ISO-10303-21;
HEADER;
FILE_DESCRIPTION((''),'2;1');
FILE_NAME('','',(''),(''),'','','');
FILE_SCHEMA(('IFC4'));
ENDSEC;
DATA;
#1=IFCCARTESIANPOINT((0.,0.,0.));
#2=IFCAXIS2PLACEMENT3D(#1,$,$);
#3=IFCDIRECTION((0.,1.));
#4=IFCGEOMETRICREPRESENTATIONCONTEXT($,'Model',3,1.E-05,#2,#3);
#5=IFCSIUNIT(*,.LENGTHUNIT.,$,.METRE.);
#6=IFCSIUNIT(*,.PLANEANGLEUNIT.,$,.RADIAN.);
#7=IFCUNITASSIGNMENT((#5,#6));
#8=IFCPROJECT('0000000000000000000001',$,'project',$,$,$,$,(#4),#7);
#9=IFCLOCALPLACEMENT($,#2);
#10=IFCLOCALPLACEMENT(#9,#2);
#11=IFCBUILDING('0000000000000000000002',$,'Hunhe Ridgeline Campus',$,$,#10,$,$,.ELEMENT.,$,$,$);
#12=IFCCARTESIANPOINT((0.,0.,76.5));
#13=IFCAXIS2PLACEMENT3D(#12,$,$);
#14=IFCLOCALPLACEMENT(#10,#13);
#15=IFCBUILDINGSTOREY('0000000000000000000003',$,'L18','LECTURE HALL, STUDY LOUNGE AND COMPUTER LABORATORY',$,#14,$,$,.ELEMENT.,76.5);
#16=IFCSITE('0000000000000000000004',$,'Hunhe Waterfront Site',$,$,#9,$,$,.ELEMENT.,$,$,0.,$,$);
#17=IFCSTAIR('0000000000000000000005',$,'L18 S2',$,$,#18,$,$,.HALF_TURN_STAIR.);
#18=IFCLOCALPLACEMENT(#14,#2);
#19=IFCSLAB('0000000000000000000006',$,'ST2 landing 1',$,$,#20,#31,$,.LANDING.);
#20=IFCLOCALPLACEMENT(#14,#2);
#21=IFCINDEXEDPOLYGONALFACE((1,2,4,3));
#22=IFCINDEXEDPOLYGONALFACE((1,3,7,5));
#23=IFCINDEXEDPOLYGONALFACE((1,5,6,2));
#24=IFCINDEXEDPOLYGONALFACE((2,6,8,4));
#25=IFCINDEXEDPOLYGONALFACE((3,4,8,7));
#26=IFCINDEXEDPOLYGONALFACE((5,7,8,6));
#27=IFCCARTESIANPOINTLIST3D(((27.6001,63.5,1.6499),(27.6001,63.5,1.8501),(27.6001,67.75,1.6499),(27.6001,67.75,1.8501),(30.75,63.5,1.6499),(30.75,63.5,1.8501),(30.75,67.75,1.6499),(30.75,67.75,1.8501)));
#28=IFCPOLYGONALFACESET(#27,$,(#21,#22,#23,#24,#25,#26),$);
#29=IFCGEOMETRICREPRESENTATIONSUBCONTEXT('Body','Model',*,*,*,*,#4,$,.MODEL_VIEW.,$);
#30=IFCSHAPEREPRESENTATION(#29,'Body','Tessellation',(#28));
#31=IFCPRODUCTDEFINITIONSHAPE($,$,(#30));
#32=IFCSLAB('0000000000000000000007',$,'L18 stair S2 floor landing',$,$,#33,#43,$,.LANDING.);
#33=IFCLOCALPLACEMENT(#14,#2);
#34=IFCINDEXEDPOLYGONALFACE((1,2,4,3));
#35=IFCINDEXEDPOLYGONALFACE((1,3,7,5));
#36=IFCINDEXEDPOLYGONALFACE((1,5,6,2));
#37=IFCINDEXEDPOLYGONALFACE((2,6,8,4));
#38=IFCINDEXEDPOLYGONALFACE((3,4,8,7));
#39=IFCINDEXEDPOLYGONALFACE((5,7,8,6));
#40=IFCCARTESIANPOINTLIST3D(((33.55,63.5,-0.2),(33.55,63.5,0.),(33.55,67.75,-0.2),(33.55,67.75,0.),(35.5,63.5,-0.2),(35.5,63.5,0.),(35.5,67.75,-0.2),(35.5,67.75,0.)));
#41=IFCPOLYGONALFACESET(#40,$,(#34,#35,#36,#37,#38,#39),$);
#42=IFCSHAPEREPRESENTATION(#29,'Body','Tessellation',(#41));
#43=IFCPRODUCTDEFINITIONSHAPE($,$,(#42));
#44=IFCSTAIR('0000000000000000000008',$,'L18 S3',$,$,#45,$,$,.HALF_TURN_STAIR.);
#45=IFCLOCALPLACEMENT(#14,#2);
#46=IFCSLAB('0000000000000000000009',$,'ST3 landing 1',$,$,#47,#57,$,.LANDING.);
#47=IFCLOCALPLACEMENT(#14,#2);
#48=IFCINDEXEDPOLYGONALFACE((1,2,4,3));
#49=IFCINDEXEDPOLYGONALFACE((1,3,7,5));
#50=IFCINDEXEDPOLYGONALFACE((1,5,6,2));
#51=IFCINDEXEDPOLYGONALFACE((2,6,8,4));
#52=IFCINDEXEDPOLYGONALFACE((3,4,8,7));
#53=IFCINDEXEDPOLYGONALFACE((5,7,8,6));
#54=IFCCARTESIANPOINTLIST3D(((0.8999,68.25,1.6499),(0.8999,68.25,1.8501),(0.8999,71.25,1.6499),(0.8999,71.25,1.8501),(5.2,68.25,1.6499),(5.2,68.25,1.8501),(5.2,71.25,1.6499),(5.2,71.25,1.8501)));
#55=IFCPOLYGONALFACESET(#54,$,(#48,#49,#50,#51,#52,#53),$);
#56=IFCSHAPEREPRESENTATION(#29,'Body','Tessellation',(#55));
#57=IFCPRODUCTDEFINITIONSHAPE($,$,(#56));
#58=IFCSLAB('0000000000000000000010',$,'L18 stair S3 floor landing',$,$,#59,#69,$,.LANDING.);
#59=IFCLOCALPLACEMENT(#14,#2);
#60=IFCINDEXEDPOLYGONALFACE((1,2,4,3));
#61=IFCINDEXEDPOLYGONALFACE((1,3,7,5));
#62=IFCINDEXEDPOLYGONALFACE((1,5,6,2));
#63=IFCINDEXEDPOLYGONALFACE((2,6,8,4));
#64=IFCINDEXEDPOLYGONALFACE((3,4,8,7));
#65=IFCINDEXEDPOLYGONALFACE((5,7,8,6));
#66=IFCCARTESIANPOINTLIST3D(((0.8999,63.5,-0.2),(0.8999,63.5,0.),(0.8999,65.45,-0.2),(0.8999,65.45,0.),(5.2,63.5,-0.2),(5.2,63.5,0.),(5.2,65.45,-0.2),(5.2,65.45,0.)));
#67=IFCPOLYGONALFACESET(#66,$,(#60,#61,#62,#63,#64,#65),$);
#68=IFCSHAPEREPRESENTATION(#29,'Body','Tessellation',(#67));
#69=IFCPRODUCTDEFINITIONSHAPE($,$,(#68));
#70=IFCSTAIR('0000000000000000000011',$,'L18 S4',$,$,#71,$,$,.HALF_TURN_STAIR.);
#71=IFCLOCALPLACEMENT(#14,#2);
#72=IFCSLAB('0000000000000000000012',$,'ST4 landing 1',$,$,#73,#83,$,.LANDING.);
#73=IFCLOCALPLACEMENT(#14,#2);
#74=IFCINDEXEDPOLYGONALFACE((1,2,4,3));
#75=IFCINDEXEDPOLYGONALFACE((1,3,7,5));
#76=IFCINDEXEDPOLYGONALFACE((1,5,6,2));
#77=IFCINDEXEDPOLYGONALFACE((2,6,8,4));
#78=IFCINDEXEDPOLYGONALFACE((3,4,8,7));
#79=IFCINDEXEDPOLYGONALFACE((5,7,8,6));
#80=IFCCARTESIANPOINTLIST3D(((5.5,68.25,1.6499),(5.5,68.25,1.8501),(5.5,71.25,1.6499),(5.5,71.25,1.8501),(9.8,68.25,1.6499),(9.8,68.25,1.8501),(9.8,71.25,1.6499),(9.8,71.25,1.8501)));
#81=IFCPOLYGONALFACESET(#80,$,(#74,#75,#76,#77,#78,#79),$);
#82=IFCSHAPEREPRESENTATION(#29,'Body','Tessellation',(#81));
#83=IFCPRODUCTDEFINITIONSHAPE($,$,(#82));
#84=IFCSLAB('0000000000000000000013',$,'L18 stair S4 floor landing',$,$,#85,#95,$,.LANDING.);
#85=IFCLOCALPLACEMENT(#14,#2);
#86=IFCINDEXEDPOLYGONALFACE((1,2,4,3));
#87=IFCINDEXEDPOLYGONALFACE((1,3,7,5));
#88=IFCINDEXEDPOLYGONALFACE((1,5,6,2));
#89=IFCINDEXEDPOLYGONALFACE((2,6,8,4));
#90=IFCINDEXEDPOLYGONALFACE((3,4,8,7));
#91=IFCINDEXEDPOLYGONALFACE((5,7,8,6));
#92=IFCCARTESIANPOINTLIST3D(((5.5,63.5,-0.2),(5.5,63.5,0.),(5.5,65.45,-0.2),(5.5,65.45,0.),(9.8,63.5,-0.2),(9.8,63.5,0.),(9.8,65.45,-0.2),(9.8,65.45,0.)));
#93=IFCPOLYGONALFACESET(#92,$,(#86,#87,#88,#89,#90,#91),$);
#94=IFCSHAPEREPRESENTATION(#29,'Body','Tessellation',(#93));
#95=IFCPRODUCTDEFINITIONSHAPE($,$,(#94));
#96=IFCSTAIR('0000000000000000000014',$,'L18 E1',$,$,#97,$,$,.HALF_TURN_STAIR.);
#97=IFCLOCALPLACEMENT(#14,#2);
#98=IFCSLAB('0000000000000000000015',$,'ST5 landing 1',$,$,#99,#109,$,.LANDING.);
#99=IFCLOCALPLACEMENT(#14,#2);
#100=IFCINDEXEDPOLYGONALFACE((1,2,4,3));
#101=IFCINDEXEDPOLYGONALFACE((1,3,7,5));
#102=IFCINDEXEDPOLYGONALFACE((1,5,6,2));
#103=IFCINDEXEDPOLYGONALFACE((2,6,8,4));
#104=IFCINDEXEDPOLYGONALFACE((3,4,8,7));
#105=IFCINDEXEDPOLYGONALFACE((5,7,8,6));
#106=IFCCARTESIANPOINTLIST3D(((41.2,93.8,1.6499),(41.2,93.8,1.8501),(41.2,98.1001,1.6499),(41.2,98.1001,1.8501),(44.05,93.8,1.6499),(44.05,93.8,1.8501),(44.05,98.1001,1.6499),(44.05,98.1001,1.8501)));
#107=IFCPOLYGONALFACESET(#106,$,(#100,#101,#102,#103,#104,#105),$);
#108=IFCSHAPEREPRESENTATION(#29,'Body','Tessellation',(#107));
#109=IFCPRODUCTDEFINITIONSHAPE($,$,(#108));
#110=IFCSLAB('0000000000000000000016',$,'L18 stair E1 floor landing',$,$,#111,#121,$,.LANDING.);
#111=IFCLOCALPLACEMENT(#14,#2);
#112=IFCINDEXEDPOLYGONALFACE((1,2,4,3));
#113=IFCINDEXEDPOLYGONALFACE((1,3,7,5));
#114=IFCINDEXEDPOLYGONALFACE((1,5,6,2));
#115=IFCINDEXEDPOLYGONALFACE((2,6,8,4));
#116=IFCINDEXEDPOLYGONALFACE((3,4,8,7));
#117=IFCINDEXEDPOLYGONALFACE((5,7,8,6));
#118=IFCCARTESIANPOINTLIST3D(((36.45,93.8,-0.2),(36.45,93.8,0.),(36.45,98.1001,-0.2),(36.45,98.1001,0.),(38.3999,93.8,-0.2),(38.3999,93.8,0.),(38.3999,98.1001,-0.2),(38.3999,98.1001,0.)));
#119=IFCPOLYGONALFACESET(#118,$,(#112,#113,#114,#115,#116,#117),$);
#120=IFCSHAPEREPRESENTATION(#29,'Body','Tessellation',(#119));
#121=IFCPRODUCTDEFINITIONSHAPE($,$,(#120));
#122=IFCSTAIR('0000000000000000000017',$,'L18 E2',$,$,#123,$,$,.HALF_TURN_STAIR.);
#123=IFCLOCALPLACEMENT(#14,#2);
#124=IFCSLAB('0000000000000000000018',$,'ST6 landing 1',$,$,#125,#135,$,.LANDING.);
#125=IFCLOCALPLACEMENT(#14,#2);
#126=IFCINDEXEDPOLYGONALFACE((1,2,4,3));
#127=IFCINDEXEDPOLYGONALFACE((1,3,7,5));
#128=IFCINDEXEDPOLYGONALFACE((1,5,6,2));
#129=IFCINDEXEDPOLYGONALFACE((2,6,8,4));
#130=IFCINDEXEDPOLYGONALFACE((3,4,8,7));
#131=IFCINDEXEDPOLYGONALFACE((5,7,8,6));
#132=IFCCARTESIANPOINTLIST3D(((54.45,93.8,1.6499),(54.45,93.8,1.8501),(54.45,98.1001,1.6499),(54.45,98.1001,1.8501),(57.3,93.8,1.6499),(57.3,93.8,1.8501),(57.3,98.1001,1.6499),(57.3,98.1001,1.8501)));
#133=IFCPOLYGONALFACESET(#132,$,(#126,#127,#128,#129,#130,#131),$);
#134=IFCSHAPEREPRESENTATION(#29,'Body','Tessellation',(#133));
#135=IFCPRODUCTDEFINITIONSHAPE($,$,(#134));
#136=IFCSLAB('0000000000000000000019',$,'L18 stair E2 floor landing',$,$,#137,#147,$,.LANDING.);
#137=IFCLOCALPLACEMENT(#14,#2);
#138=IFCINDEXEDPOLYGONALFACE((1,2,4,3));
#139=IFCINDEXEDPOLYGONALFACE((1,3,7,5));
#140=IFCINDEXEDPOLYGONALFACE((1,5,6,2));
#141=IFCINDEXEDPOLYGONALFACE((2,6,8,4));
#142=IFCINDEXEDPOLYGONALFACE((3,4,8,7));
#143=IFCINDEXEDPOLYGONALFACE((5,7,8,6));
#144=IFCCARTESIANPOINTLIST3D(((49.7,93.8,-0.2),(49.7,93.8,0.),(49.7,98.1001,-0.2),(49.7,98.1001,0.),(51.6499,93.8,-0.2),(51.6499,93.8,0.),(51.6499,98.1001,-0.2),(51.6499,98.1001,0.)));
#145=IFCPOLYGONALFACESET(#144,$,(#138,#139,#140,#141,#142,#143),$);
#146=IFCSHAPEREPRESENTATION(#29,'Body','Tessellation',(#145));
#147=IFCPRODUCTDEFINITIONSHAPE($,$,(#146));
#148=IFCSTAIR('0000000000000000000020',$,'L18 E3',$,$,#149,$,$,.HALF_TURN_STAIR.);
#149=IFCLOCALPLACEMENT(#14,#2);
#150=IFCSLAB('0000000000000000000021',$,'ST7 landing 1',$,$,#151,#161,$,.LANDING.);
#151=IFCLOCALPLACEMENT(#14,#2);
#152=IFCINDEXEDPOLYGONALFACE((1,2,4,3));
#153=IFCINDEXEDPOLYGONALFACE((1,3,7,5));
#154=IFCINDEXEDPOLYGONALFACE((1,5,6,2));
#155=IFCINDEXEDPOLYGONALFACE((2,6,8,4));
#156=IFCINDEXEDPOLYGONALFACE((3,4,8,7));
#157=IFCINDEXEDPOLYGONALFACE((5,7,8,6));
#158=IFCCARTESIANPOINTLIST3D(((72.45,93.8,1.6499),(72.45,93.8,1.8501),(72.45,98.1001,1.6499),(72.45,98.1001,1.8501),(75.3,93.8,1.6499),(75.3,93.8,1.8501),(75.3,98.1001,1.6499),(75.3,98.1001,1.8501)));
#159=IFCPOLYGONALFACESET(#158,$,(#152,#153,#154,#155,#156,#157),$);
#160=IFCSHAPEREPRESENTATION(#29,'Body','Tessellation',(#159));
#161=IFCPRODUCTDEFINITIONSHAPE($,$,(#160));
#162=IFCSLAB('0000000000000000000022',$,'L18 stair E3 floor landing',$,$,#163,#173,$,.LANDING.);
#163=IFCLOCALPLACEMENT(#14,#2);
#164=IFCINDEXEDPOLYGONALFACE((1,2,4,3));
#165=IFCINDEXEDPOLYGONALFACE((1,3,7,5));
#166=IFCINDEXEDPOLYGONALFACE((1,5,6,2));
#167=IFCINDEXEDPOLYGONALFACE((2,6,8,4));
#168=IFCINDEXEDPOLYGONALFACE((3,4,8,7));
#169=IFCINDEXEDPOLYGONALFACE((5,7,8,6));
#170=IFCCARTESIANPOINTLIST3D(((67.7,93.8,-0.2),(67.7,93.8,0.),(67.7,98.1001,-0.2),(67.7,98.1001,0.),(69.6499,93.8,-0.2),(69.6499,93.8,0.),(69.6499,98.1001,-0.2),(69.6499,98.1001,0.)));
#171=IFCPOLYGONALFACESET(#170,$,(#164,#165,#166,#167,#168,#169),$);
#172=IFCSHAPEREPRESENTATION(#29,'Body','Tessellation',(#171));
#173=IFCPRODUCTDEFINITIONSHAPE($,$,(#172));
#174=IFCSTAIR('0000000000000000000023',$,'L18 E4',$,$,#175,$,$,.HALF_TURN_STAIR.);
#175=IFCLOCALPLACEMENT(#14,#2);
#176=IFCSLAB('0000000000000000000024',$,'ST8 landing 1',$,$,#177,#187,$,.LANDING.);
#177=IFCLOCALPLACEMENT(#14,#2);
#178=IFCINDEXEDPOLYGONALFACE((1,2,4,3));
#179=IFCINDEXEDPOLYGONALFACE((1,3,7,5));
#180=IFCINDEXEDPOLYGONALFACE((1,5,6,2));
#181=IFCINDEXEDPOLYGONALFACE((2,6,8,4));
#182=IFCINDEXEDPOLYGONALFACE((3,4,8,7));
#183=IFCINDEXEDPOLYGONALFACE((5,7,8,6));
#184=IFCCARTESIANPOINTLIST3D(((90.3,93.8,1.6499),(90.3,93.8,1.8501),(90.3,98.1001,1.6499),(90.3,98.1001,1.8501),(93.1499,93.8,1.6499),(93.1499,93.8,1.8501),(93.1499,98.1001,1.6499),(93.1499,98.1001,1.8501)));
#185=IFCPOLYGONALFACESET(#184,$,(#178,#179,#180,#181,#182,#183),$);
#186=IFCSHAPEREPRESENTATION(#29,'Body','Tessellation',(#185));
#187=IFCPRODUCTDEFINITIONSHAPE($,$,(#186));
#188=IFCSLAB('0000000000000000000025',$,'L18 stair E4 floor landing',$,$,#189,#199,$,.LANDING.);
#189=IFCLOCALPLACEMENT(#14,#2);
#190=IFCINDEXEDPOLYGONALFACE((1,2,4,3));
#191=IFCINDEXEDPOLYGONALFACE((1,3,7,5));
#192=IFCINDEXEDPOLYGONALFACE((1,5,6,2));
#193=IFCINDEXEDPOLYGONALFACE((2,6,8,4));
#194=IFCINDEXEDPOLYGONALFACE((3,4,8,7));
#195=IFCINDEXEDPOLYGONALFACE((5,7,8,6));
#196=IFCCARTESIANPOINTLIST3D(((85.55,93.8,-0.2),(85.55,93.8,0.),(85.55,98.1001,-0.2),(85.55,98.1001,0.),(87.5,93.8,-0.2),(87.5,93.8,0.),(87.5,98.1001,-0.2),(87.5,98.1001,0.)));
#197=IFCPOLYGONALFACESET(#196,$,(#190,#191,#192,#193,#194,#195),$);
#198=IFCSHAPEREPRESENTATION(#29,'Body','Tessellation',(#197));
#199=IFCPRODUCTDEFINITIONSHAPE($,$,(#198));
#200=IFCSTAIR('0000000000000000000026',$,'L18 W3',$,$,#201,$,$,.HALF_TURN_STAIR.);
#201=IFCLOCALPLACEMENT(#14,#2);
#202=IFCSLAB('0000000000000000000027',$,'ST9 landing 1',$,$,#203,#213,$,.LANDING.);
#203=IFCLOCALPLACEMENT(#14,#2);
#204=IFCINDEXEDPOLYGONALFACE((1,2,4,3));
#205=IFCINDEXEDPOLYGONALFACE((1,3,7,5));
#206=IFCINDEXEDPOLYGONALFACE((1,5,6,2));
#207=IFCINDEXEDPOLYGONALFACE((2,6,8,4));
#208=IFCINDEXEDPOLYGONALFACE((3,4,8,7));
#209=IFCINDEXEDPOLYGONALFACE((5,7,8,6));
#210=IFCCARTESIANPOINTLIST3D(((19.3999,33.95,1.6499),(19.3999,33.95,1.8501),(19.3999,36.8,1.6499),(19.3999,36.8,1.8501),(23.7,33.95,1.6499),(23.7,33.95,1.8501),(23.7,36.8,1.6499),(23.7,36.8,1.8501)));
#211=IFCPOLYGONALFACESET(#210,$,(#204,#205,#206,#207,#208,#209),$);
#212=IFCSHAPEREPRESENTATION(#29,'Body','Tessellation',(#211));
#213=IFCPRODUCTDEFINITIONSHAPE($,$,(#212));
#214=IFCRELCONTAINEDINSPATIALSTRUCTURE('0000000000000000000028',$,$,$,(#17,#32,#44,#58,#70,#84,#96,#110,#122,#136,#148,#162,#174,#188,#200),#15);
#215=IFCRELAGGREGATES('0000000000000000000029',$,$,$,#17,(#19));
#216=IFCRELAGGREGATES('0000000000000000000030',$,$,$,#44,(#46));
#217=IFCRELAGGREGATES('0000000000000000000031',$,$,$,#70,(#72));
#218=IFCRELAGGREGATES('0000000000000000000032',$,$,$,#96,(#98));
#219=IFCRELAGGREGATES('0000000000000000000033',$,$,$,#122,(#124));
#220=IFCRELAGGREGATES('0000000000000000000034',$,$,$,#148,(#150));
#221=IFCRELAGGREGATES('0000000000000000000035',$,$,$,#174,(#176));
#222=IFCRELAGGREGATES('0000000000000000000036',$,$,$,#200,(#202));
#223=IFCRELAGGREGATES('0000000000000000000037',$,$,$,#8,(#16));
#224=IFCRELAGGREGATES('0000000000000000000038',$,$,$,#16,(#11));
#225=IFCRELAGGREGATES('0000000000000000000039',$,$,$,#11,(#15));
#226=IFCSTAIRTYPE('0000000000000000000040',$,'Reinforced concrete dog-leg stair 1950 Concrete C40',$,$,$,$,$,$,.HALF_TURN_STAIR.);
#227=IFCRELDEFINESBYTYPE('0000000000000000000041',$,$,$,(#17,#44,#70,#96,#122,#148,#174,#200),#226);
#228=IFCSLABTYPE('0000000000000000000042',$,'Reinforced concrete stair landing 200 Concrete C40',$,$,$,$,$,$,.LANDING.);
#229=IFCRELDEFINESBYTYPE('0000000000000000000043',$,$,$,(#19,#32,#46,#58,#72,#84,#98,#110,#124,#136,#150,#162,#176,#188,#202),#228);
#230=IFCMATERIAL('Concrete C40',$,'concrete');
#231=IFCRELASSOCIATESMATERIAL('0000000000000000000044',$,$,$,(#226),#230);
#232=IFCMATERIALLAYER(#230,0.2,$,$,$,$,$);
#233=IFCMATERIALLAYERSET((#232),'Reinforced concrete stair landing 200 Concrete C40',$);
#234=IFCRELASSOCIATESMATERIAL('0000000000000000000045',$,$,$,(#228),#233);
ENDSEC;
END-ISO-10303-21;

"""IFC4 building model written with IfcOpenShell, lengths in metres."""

from ifc_helpers import new_model, si_unit, direction, frame, origin, place, context, subcontext, project, spatial, polyline, outline, extrude, material, layer, layer_set, type_object, element, aggregate, save


model = new_model("IFC4")

# Units and contexts
model_context = context("Model", 3, precision=1e-05, world=origin(), true_north=direction((0.0, 1.0)))
body_context = subcontext(model_context, "Body", "Model", "MODEL_VIEW")
ifc_project = project(units=[si_unit("LENGTHUNIT", "METRE"), si_unit("PLANEANGLEUNIT", "RADIAN")], contexts=[model_context])

# Site, building, storey
site_placement = place(None, origin())
site = spatial("IfcSite", under=ifc_project, at=site_placement, Name="Hunhe Waterfront Site", CompositionType="ELEMENT", RefElevation=0.0)
building_placement = place(site_placement, origin())
building = spatial("IfcBuilding", under=site, at=building_placement, Name="Hunhe Ridgeline Campus", CompositionType="ELEMENT")
storey_placement = place(building_placement, frame((0.0, 0.0, 76.5)))
storey = spatial("IfcBuildingStorey", under=building, at=storey_placement, Name="L18", Description="LECTURE HALL, STUDY LOUNGE AND COMPUTER LABORATORY", CompositionType="ELEMENT", Elevation=76.5)

# Shared definitions
ifc_material_1 = material(Name="Concrete C40", Category="concrete")

# Shared definitions
stair_type = type_object("IfcStairType", Name="Reinforced concrete dog-leg stair 1950 Concrete C40", PredefinedType="HALF_TURN_STAIR", material=ifc_material_1)
ifc_layer_1 = layer(ifc_material_1, 0.2)
ifc_layer_set_1 = layer_set([ifc_layer_1], Name="Reinforced concrete stair landing 200 Concrete C40")
slab_type_1 = type_object("IfcSlabType", Name="Reinforced concrete stair landing 200 Concrete C40", PredefinedType="LANDING", material=ifc_layer_set_1)

# Stair, slab
stair_1_placement = place(storey_placement, origin())
stair_1 = element("IfcStair", 1, at=stair_1_placement, inside=storey, type_object=stair_type, Name="L18 S2", PredefinedType="HALF_TURN_STAIR")
slab_1_placement = place(storey_placement, frame((0.0, 0.0, 1.6499)))
slab_1 = element("IfcSlab", 2, at=slab_1_placement, type_object=slab_type_1, Name="ST2 landing 1", PredefinedType="LANDING", context=body_context, shape_type="SweptSolid", body=[
    extrude(outline(polyline([(30.75, 67.75), (27.6001, 67.75), (27.6001, 63.5), (30.75, 63.5), (30.75, 67.75)])), origin(), (0.0, 0.0, 1.0), 0.2002),
])
aggregate(stair_1, [slab_1])

# Slab
slab_2_placement = place(storey_placement, frame((0.0, 0.0, -0.2)))
element("IfcSlab", 3, at=slab_2_placement, inside=storey, type_object=slab_type_1, Name="L18 stair S2 floor landing", PredefinedType="LANDING", context=body_context, shape_type="SweptSolid", body=[
    extrude(outline(polyline([(35.5, 67.75), (33.55, 67.75), (33.55, 63.5), (35.5, 63.5), (35.5, 67.75)])), origin(), (0.0, 0.0, 1.0), 0.2),
])

# Stair, slab
stair_2_placement = place(storey_placement, origin())
stair_2 = element("IfcStair", 4, at=stair_2_placement, inside=storey, type_object=stair_type, Name="L18 S3", PredefinedType="HALF_TURN_STAIR")
slab_3_placement = place(storey_placement, frame((0.0, 0.0, 1.6499)))
slab_3 = element("IfcSlab", 5, at=slab_3_placement, type_object=slab_type_1, Name="ST3 landing 1", PredefinedType="LANDING", context=body_context, shape_type="SweptSolid", body=[
    extrude(outline(polyline([(5.2, 68.25), (5.2, 71.25), (0.8999, 71.25), (0.8999, 68.25), (5.2, 68.25)])), origin(), (0.0, 0.0, 1.0), 0.2002),
])
aggregate(stair_2, [slab_3])

# Slab
slab_4_placement = place(storey_placement, frame((0.0, 0.0, -0.2)))
element("IfcSlab", 6, at=slab_4_placement, inside=storey, type_object=slab_type_1, Name="L18 stair S3 floor landing", PredefinedType="LANDING", context=body_context, shape_type="SweptSolid", body=[
    extrude(outline(polyline([(5.2, 63.5), (5.2, 65.45), (0.8999, 65.45), (0.8999, 63.5), (5.2, 63.5)])), origin(), (0.0, 0.0, 1.0), 0.2),
])

# Stair, slab
stair_3_placement = place(storey_placement, origin())
stair_3 = element("IfcStair", 7, at=stair_3_placement, inside=storey, type_object=stair_type, Name="L18 S4", PredefinedType="HALF_TURN_STAIR")
slab_5_placement = place(storey_placement, frame((0.0, 0.0, 1.6499)))
slab_5 = element("IfcSlab", 8, at=slab_5_placement, type_object=slab_type_1, Name="ST4 landing 1", PredefinedType="LANDING", context=body_context, shape_type="SweptSolid", body=[
    extrude(outline(polyline([(9.8, 68.25), (9.8, 71.25), (5.5, 71.25), (5.5, 68.25), (9.8, 68.25)])), origin(), (0.0, 0.0, 1.0), 0.2002),
])
aggregate(stair_3, [slab_5])

# Slab
slab_6_placement = place(storey_placement, frame((0.0, 0.0, -0.2)))
element("IfcSlab", 9, at=slab_6_placement, inside=storey, type_object=slab_type_1, Name="L18 stair S4 floor landing", PredefinedType="LANDING", context=body_context, shape_type="SweptSolid", body=[
    extrude(outline(polyline([(9.8, 63.5), (9.8, 65.45), (5.5, 65.45), (5.5, 63.5), (9.8, 63.5)])), origin(), (0.0, 0.0, 1.0), 0.2),
])

# Stair, slab
stair_4_placement = place(storey_placement, origin())
stair_4 = element("IfcStair", 10, at=stair_4_placement, inside=storey, type_object=stair_type, Name="L18 E1", PredefinedType="HALF_TURN_STAIR")
slab_7_placement = place(storey_placement, frame((0.0, 0.0, 1.6499)))
slab_7 = element("IfcSlab", 11, at=slab_7_placement, type_object=slab_type_1, Name="ST5 landing 1", PredefinedType="LANDING", context=body_context, shape_type="SweptSolid", body=[
    extrude(outline(polyline([(41.2, 93.8), (44.05, 93.8), (44.05, 98.1001), (41.2, 98.1001), (41.2, 93.8)])), origin(), (0.0, 0.0, 1.0), 0.2002),
])
aggregate(stair_4, [slab_7])

# Slab
slab_8_placement = place(storey_placement, frame((0.0, 0.0, -0.2)))
element("IfcSlab", 12, at=slab_8_placement, inside=storey, type_object=slab_type_1, Name="L18 stair E1 floor landing", PredefinedType="LANDING", context=body_context, shape_type="SweptSolid", body=[
    extrude(outline(polyline([(36.45, 93.8), (38.3999, 93.8), (38.3999, 98.1001), (36.45, 98.1001), (36.45, 93.8)])), origin(), (0.0, 0.0, 1.0), 0.2),
])

# Stair, slab
stair_5_placement = place(storey_placement, origin())
stair_5 = element("IfcStair", 13, at=stair_5_placement, inside=storey, type_object=stair_type, Name="L18 E2", PredefinedType="HALF_TURN_STAIR")
slab_9_placement = place(storey_placement, frame((0.0, 0.0, 1.6499)))
slab_9 = element("IfcSlab", 14, at=slab_9_placement, type_object=slab_type_1, Name="ST6 landing 1", PredefinedType="LANDING", context=body_context, shape_type="SweptSolid", body=[
    extrude(outline(polyline([(54.45, 93.8), (57.3, 93.8), (57.3, 98.1001), (54.45, 98.1001), (54.45, 93.8)])), origin(), (0.0, 0.0, 1.0), 0.2002),
])
aggregate(stair_5, [slab_9])

# Slab
slab_10_placement = place(storey_placement, frame((0.0, 0.0, -0.2)))
element("IfcSlab", 15, at=slab_10_placement, inside=storey, type_object=slab_type_1, Name="L18 stair E2 floor landing", PredefinedType="LANDING", context=body_context, shape_type="SweptSolid", body=[
    extrude(outline(polyline([(49.7, 93.8), (51.6499, 93.8), (51.6499, 98.1001), (49.7, 98.1001), (49.7, 93.8)])), origin(), (0.0, 0.0, 1.0), 0.2),
])

# Stair, slab
stair_6_placement = place(storey_placement, origin())
stair_6 = element("IfcStair", 16, at=stair_6_placement, inside=storey, type_object=stair_type, Name="L18 E3", PredefinedType="HALF_TURN_STAIR")
slab_11_placement = place(storey_placement, frame((0.0, 0.0, 1.6499)))
slab_11 = element("IfcSlab", 17, at=slab_11_placement, type_object=slab_type_1, Name="ST7 landing 1", PredefinedType="LANDING", context=body_context, shape_type="SweptSolid", body=[
    extrude(outline(polyline([(72.45, 93.8), (75.3, 93.8), (75.3, 98.1001), (72.45, 98.1001), (72.45, 93.8)])), origin(), (0.0, 0.0, 1.0), 0.2002),
])
aggregate(stair_6, [slab_11])

# Slab
slab_12_placement = place(storey_placement, frame((0.0, 0.0, -0.2)))
element("IfcSlab", 18, at=slab_12_placement, inside=storey, type_object=slab_type_1, Name="L18 stair E3 floor landing", PredefinedType="LANDING", context=body_context, shape_type="SweptSolid", body=[
    extrude(outline(polyline([(67.7, 93.8), (69.6499, 93.8), (69.6499, 98.1001), (67.7, 98.1001), (67.7, 93.8)])), origin(), (0.0, 0.0, 1.0), 0.2),
])

# Stair, slab
stair_7_placement = place(storey_placement, origin())
stair_7 = element("IfcStair", 19, at=stair_7_placement, inside=storey, type_object=stair_type, Name="L18 E4", PredefinedType="HALF_TURN_STAIR")
slab_13_placement = place(storey_placement, frame((0.0, 0.0, 1.6499)))
slab_13 = element("IfcSlab", 20, at=slab_13_placement, type_object=slab_type_1, Name="ST8 landing 1", PredefinedType="LANDING", context=body_context, shape_type="SweptSolid", body=[
    extrude(outline(polyline([(90.3, 93.8), (93.1499, 93.8), (93.1499, 98.1001), (90.3, 98.1001), (90.3, 93.8)])), origin(), (0.0, 0.0, 1.0), 0.2002),
])
aggregate(stair_7, [slab_13])

# Slab
slab_14_placement = place(storey_placement, frame((0.0, 0.0, -0.2)))
element("IfcSlab", 21, at=slab_14_placement, inside=storey, type_object=slab_type_1, Name="L18 stair E4 floor landing", PredefinedType="LANDING", context=body_context, shape_type="SweptSolid", body=[
    extrude(outline(polyline([(85.55, 93.8), (87.5, 93.8), (87.5, 98.1001), (85.55, 98.1001), (85.55, 93.8)])), origin(), (0.0, 0.0, 1.0), 0.2),
])

# Stair, slab
stair_8_placement = place(storey_placement, origin())
stair_8 = element("IfcStair", 22, at=stair_8_placement, inside=storey, type_object=stair_type, Name="L18 W3", PredefinedType="HALF_TURN_STAIR")
slab_15_placement = place(storey_placement, frame((0.0, 0.0, 1.6499)))
slab_15 = element("IfcSlab", 23, at=slab_15_placement, type_object=slab_type_1, Name="ST9 landing 1", PredefinedType="LANDING", context=body_context, shape_type="SweptSolid", body=[
    extrude(outline(polyline([(23.7, 33.95), (23.7, 36.8), (19.3999, 36.8), (19.3999, 33.95), (23.7, 33.95)])), origin(), (0.0, 0.0, 1.0), 0.2002),
])
aggregate(stair_8, [slab_15])

save(model, "model.ifc")
